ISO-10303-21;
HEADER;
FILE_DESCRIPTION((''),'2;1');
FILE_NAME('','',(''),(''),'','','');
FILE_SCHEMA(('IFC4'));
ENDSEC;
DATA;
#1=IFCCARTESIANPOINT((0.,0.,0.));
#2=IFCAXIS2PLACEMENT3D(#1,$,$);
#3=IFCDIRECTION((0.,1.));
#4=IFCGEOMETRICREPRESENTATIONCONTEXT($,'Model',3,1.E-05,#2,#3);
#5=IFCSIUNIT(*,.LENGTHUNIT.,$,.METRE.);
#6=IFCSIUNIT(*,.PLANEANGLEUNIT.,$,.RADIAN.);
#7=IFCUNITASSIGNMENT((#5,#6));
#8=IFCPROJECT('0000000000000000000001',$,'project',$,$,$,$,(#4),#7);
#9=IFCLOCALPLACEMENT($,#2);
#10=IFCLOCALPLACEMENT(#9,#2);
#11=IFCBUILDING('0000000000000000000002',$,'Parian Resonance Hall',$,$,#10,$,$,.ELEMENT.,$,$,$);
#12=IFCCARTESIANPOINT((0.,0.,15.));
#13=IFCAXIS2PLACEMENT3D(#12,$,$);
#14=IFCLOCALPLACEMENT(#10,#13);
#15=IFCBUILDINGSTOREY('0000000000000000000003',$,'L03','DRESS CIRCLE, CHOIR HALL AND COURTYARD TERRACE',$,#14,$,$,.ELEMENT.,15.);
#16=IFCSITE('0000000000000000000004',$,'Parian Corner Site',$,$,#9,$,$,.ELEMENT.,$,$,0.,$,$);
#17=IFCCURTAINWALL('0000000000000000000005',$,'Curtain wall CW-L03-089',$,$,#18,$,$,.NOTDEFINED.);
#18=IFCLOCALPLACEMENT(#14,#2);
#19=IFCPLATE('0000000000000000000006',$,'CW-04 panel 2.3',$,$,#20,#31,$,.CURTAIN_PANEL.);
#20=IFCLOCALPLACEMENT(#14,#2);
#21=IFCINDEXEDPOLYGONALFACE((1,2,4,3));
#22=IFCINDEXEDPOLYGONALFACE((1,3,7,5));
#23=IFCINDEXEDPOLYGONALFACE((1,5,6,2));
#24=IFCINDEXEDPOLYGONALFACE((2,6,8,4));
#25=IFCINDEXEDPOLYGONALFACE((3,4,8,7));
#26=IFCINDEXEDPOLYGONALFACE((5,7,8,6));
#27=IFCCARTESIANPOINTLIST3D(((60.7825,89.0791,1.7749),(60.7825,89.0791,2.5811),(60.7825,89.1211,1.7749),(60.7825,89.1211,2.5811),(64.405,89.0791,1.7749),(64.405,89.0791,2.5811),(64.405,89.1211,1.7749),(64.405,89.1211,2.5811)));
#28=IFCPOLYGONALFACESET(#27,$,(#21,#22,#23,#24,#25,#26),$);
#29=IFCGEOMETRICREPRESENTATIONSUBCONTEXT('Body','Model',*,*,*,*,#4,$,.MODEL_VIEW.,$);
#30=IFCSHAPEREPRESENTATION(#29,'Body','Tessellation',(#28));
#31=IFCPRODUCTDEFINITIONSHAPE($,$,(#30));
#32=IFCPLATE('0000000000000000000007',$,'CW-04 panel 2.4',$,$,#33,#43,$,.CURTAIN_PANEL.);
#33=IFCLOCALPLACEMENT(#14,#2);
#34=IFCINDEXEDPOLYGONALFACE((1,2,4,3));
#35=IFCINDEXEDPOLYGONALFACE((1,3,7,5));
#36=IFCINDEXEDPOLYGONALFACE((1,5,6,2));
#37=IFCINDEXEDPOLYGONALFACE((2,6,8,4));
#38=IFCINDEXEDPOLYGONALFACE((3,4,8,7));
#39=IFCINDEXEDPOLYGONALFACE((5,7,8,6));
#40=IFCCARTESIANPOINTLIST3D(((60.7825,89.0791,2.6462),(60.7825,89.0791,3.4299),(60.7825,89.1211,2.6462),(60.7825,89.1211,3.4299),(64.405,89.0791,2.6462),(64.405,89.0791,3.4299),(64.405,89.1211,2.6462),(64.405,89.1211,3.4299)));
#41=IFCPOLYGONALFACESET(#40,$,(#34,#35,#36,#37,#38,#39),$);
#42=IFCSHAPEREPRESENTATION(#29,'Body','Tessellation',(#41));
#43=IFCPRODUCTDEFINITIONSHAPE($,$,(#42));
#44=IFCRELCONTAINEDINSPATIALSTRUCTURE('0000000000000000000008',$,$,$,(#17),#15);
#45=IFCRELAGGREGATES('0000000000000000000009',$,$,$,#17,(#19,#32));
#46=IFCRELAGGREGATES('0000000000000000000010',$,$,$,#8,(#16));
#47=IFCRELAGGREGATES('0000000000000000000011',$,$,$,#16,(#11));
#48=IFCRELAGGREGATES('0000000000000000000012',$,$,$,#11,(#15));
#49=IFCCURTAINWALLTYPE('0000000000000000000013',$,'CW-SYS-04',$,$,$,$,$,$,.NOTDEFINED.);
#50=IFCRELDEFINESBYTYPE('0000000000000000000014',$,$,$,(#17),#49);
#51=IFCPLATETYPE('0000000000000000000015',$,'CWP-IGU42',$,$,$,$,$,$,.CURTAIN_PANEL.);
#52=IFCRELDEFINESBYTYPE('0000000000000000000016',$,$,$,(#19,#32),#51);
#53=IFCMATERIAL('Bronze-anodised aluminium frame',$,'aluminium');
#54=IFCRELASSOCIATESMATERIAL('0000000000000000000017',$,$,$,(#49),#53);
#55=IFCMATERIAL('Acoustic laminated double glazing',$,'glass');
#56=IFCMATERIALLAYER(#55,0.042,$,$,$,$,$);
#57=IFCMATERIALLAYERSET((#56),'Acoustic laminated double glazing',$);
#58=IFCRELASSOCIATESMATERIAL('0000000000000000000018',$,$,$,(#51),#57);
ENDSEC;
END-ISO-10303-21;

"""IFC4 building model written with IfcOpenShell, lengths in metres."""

from ifc_helpers import new_model, si_unit, direction, frame, origin, origin_2d, place, context, subcontext, project, spatial, rectangle, extrude, material, layer, layer_set, type_object, element, aggregate, save


model = new_model("IFC4")

# Units and contexts
model_context = context("Model", 3, precision=1e-05, world=origin(), true_north=direction((0.0, 1.0)))
body_context = subcontext(model_context, "Body", "Model", "MODEL_VIEW")
ifc_project = project(units=[si_unit("LENGTHUNIT", "METRE"), si_unit("PLANEANGLEUNIT", "RADIAN")], contexts=[model_context])

# Site, building, storey
site_placement = place(None, origin())
site = spatial("IfcSite", under=ifc_project, at=site_placement, Name="Parian Corner Site", CompositionType="ELEMENT", RefElevation=0.0)
building_placement = place(site_placement, origin())
building = spatial("IfcBuilding", under=site, at=building_placement, Name="Parian Resonance Hall", CompositionType="ELEMENT")
storey_placement = place(building_placement, frame((0.0, 0.0, 15.0)))
storey = spatial("IfcBuildingStorey", under=building, at=storey_placement, Name="L03", Description="DRESS CIRCLE, CHOIR HALL AND COURTYARD TERRACE", CompositionType="ELEMENT", Elevation=15.0)

# Curtain wall
ifc_material_1 = material(Name="Bronze-anodised aluminium frame", Category="aluminium")
curtain_wall_type_1 = type_object("IfcCurtainWallType", Name="CW-SYS-04", PredefinedType="NOTDEFINED", material=ifc_material_1)
curtain_wall_1_placement = place(storey_placement, origin())
curtain_wall_1 = element("IfcCurtainWall", 1, at=curtain_wall_1_placement, inside=storey, type_object=curtain_wall_type_1, Name="Curtain wall CW-L03-089", PredefinedType="NOTDEFINED")

# Plates
ifc_material_2 = material(Name="Acoustic laminated double glazing", Category="glass")
ifc_layer = layer(ifc_material_2, 0.042)
ifc_layer_set = layer_set([ifc_layer], Name="Acoustic laminated double glazing")
plate_type = type_object("IfcPlateType", Name="CWP-IGU42", PredefinedType="CURTAIN_PANEL", material=ifc_layer_set)
plate_1_placement = place(storey_placement, frame((62.5938, 89.1001, 1.7749), z_axis=(0.0, 0.0, 1.0), x_axis=(1.0, 0.0, 0.0)))
plate_1 = element("IfcPlate", 2, at=plate_1_placement, type_object=plate_type, Name="CW-04 panel 2.3", PredefinedType="CURTAIN_PANEL", context=body_context, shape_type="SweptSolid", body=[
    extrude(rectangle(XDim=3.6226, YDim=0.042, at=origin_2d()), origin(), (0.0, 0.0, 1.0), 0.8062),
])
plate_2_placement = place(storey_placement, frame((62.5938, 89.1001, 2.6462), z_axis=(0.0, 0.0, 1.0), x_axis=(1.0, 0.0, 0.0)))
plate_2 = element("IfcPlate", 3, at=plate_2_placement, type_object=plate_type, Name="CW-04 panel 2.4", PredefinedType="CURTAIN_PANEL", context=body_context, shape_type="SweptSolid", body=[
    extrude(rectangle(XDim=3.6226, YDim=0.042, at=origin_2d()), origin(), (0.0, 0.0, 1.0), 0.7837),
])
aggregate(curtain_wall_1, [plate_1, plate_2])

save(model, "model.ifc")
